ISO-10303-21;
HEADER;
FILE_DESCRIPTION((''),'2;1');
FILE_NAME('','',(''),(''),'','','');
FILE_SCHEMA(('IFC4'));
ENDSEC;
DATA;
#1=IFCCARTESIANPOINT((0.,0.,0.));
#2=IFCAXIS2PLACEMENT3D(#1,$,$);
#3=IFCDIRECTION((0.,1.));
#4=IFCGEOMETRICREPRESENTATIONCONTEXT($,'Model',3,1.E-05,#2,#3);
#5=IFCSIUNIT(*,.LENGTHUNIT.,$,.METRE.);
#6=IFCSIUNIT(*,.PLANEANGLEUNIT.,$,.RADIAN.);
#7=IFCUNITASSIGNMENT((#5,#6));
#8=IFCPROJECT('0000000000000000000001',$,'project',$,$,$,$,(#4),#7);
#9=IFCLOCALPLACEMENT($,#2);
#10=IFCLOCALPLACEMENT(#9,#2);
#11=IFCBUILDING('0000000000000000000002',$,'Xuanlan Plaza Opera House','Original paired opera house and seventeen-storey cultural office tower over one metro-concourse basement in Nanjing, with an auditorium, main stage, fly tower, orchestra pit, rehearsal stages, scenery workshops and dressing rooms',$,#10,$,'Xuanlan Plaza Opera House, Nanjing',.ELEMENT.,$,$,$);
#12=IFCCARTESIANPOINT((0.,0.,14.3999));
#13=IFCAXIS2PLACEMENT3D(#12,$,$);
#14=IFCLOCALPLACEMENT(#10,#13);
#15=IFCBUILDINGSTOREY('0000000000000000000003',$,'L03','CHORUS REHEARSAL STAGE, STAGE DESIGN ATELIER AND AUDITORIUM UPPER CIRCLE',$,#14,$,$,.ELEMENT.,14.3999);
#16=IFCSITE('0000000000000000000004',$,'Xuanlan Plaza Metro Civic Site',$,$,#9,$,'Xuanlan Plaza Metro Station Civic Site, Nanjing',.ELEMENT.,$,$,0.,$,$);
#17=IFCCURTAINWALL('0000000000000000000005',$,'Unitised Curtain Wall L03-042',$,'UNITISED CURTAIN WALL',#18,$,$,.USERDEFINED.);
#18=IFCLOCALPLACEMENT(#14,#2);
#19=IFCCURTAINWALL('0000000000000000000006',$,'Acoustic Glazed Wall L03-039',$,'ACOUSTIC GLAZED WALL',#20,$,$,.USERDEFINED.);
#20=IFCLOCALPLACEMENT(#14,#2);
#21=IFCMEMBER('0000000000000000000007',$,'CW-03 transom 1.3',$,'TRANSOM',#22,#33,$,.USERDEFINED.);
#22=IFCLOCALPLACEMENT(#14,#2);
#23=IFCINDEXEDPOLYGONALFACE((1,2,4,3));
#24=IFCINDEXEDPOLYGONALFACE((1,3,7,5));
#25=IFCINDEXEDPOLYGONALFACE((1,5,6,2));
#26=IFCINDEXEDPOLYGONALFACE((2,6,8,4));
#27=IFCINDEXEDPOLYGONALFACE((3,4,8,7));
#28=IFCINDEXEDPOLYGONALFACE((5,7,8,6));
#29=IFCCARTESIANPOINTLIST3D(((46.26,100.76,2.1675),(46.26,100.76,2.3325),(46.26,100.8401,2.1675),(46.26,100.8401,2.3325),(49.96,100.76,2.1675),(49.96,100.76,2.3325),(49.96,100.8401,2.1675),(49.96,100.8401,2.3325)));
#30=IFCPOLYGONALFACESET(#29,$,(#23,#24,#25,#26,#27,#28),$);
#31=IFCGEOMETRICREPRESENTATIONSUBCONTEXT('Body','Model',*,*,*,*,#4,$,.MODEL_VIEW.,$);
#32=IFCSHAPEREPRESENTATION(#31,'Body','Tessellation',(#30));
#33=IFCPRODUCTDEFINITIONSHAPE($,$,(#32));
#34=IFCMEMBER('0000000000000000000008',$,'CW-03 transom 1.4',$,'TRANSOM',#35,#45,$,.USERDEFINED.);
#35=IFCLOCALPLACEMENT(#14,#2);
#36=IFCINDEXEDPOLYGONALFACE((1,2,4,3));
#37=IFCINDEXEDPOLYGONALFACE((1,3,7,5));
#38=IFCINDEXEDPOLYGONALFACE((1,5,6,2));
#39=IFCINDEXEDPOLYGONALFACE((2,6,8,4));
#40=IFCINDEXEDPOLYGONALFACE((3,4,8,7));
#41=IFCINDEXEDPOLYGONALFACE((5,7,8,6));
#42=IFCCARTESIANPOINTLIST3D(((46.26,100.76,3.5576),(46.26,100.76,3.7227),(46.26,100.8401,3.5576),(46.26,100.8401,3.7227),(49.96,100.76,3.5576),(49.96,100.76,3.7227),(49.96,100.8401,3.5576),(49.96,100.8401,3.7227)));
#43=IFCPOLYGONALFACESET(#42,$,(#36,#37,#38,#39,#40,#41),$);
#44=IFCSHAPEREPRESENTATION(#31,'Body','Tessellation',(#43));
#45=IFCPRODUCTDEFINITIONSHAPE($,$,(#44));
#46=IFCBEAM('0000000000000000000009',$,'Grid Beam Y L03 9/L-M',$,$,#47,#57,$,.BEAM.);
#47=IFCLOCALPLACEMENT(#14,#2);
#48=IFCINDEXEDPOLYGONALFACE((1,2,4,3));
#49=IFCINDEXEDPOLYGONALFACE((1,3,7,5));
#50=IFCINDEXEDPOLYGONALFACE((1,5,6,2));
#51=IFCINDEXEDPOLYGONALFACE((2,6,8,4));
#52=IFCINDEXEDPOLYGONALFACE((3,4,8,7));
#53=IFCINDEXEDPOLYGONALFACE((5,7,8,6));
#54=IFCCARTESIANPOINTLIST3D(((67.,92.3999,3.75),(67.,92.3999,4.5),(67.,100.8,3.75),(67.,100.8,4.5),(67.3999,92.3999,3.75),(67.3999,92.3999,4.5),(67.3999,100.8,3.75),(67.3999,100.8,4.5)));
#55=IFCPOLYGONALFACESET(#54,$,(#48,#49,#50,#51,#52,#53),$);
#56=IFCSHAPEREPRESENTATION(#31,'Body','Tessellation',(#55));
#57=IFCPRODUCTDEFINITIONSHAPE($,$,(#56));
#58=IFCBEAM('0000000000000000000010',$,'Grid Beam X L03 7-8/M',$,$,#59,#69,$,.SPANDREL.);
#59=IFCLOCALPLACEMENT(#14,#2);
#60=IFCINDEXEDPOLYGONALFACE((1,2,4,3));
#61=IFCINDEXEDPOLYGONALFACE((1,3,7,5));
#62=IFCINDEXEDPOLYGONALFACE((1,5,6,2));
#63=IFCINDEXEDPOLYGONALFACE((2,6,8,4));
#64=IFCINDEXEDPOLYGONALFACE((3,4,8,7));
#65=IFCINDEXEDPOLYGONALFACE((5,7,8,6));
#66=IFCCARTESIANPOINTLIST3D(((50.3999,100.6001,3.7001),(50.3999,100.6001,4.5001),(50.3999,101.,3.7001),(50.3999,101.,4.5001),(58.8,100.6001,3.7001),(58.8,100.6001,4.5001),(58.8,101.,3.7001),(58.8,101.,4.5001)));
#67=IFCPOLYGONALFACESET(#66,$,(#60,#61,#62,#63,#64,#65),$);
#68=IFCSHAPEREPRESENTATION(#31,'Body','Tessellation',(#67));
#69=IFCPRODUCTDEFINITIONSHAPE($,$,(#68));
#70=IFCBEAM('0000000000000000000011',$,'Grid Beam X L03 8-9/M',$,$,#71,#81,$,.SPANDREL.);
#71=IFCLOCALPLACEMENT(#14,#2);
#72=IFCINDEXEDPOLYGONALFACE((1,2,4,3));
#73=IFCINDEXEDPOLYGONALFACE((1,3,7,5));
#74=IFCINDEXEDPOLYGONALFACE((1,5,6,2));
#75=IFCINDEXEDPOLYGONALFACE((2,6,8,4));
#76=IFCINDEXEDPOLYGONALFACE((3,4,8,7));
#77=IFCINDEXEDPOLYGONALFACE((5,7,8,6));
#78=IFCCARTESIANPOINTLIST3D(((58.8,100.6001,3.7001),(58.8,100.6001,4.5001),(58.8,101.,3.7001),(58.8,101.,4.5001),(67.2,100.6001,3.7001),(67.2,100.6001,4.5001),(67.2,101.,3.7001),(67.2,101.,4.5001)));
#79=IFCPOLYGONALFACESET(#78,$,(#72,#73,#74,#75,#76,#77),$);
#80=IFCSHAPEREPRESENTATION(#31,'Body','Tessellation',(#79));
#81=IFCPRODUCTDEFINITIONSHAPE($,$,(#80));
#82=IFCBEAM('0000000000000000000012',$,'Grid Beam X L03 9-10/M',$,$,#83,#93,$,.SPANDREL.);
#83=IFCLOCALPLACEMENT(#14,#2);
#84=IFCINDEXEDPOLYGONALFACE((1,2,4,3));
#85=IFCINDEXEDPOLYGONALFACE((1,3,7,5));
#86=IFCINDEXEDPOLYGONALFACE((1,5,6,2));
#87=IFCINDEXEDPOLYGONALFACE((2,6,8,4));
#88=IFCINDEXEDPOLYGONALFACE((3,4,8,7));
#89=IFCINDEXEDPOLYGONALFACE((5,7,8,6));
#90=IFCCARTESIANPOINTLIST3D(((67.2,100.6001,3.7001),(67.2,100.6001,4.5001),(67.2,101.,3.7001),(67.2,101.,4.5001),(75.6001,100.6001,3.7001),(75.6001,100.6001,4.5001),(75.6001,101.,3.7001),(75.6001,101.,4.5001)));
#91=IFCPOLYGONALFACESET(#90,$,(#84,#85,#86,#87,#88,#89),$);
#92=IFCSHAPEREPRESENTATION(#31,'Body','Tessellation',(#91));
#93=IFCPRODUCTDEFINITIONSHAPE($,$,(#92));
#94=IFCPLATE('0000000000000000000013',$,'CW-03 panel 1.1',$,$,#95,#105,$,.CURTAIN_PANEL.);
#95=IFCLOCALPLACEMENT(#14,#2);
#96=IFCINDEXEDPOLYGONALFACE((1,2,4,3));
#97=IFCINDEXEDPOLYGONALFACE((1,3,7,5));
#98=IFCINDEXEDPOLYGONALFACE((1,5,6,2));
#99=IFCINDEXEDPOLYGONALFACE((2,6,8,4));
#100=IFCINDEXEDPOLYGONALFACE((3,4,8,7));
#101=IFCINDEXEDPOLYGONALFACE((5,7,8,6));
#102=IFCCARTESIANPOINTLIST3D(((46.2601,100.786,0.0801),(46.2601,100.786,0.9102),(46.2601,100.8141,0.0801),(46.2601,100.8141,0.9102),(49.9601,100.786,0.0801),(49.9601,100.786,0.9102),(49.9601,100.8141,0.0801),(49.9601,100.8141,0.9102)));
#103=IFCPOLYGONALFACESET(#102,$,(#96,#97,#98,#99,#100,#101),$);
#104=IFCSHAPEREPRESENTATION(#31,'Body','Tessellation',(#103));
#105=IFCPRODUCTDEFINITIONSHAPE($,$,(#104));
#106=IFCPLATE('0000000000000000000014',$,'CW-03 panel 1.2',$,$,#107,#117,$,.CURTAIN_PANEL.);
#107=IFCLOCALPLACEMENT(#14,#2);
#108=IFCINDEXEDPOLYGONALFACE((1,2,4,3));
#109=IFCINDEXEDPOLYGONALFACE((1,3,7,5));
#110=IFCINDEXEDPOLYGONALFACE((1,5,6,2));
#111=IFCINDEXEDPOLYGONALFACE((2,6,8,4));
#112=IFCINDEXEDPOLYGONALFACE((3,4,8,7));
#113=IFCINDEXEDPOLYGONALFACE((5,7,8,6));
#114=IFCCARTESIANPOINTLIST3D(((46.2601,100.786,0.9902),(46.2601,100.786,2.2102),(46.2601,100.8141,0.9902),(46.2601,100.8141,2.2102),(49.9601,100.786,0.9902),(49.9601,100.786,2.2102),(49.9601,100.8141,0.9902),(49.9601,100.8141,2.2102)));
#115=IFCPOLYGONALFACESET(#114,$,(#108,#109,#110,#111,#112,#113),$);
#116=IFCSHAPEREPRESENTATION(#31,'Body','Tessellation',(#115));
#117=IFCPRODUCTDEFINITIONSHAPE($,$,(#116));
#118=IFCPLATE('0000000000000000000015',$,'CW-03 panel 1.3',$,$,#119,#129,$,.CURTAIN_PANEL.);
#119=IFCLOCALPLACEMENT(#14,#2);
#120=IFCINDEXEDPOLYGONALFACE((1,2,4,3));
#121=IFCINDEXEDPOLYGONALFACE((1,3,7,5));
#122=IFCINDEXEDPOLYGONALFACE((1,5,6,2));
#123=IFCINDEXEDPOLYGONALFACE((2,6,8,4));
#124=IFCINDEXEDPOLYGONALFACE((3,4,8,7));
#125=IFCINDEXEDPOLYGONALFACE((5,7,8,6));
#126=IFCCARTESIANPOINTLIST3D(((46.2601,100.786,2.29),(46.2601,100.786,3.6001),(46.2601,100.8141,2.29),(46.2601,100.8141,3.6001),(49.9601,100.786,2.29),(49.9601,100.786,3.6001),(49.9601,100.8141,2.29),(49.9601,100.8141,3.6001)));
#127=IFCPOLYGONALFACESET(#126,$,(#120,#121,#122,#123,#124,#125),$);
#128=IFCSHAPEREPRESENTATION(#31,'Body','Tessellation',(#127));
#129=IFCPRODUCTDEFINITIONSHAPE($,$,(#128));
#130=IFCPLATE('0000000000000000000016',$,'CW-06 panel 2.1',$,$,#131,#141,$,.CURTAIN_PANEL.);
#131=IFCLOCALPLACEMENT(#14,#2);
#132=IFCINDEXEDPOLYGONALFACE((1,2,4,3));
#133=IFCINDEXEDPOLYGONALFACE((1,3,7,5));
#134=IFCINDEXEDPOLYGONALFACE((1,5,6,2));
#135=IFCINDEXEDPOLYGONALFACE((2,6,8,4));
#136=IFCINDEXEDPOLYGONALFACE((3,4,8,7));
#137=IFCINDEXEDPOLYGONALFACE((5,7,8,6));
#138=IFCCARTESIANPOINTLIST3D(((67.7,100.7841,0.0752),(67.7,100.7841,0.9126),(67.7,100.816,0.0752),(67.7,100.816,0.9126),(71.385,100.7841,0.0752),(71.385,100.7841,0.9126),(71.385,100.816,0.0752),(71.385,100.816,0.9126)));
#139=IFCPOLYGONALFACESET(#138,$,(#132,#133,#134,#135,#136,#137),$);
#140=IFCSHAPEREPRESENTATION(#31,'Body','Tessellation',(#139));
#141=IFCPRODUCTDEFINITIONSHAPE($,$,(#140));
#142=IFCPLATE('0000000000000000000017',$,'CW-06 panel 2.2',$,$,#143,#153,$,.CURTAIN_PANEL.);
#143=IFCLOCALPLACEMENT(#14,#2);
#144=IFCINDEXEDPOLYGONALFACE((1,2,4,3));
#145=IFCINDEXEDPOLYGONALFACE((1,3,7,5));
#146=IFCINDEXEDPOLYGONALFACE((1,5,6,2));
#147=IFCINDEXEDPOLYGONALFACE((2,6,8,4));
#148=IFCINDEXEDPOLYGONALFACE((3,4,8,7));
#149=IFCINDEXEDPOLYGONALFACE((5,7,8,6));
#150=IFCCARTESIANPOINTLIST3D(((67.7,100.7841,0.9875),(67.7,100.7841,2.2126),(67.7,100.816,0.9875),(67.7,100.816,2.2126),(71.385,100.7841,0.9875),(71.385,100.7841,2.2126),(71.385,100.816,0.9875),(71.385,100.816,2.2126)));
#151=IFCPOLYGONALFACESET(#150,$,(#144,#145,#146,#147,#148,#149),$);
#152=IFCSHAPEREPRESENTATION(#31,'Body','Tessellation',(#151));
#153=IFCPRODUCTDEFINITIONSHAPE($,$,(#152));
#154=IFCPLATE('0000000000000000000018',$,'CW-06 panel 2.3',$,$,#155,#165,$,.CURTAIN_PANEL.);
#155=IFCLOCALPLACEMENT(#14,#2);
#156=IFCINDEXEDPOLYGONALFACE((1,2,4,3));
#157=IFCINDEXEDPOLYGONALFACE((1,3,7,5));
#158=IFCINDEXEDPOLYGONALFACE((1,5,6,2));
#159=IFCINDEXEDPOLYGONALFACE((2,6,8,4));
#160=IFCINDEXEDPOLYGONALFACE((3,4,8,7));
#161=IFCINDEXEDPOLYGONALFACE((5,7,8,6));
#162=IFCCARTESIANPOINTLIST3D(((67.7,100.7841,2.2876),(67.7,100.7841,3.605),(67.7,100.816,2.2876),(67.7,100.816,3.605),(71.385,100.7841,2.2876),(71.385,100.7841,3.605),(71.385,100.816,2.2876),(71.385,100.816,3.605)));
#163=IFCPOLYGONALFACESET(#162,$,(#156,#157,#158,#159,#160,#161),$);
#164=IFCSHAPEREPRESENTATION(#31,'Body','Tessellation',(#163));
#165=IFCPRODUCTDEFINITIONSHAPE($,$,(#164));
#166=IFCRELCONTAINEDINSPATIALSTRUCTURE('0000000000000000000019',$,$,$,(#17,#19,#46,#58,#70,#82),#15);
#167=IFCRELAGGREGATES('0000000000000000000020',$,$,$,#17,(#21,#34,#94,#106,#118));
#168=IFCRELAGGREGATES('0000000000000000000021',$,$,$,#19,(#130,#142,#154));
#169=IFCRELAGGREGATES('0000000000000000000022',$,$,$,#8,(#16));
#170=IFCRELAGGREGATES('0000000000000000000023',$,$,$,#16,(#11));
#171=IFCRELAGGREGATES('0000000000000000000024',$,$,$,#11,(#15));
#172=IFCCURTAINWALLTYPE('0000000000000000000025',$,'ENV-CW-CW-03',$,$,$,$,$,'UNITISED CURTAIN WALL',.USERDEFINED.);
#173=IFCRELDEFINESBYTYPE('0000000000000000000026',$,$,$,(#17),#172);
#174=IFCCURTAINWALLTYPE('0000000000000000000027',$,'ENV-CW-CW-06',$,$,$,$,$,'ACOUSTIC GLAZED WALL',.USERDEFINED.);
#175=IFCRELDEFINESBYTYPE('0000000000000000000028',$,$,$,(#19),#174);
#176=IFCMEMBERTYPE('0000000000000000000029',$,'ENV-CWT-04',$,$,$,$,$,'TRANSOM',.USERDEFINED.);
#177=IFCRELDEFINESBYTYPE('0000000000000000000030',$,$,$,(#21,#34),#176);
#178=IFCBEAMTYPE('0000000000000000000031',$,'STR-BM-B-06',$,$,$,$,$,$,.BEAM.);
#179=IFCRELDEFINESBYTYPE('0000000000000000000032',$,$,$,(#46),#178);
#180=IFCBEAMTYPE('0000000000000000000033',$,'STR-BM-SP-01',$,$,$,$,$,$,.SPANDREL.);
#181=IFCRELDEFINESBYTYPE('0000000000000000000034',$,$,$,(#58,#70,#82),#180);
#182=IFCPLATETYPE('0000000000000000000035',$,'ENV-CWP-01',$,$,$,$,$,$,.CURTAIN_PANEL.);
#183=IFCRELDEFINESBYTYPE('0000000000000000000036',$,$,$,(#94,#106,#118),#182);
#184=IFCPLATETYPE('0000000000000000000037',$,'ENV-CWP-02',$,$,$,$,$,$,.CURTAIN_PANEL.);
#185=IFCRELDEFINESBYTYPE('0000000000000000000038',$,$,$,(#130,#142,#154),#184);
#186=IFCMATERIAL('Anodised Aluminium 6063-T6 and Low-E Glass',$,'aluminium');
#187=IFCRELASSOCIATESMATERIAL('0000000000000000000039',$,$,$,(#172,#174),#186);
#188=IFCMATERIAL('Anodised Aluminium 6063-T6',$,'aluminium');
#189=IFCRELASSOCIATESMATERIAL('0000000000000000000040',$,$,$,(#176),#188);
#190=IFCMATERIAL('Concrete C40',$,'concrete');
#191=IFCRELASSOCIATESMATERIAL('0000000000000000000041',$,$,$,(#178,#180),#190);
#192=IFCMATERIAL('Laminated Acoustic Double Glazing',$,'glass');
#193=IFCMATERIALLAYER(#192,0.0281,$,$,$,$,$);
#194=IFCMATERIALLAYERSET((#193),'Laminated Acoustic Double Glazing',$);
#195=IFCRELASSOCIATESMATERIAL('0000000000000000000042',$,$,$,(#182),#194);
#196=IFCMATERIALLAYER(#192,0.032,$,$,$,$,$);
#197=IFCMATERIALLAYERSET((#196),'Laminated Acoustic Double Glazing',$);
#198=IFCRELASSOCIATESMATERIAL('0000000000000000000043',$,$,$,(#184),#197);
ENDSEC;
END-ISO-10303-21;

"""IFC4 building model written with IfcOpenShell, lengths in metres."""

from ifc_helpers import new_model, si_unit, direction, frame, origin, origin_2d, place, context, subcontext, project, spatial, rectangle, extrude, material, layer, layer_set, material_profile, profile_set, type_object, element, aggregate, save


model = new_model("IFC4")

# Units and contexts
model_context = context("Model", 3, precision=1e-05, world=origin(), true_north=direction((0.0, 1.0)))
body_context = subcontext(model_context, "Body", "Model", "MODEL_VIEW")
ifc_project = project(units=[si_unit("LENGTHUNIT", "METRE"), si_unit("PLANEANGLEUNIT", "RADIAN")], contexts=[model_context])

# Site, building, storey
site_placement = place(None, origin())
site = spatial("IfcSite", under=ifc_project, at=site_placement, Name="Xuanlan Plaza Metro Civic Site", LongName="Xuanlan Plaza Metro Station Civic Site, Nanjing", CompositionType="ELEMENT", RefElevation=0.0)
building_placement = place(site_placement, origin())
building = spatial("IfcBuilding", under=site, at=building_placement, Name="Xuanlan Plaza Opera House", Description="Original paired opera house and seventeen-storey cultural office tower over one metro-concourse basement in Nanjing, with an auditorium, main stage, fly tower, orchestra pit, rehearsal stages, scenery workshops and dressing rooms", LongName="Xuanlan Plaza Opera House, Nanjing", CompositionType="ELEMENT")
storey_placement = place(building_placement, frame((0.0, 0.0, 14.3999)))
storey = spatial("IfcBuildingStorey", under=building, at=storey_placement, Name="L03", Description="CHORUS REHEARSAL STAGE, STAGE DESIGN ATELIER AND AUDITORIUM UPPER CIRCLE", CompositionType="ELEMENT", Elevation=14.3999)

# Shared definitions
ifc_material_1 = material(Name="Concrete C40", Category="concrete")

# Curtain walls
ifc_material_2 = material(Name="Anodised Aluminium 6063-T6 and Low-E Glass", Category="aluminium")
curtain_wall_type_1 = type_object("IfcCurtainWallType", Name="ENV-CW-CW-03", ElementType="UNITISED CURTAIN WALL", PredefinedType="USERDEFINED", material=ifc_material_2)
curtain_wall_1_placement = place(storey_placement, origin())
curtain_wall_1 = element("IfcCurtainWall", 1, at=curtain_wall_1_placement, inside=storey, type_object=curtain_wall_type_1, Name="Unitised Curtain Wall L03-042", ObjectType="UNITISED CURTAIN WALL", PredefinedType="USERDEFINED")
ifc_material_3 = material(Name="Anodised Aluminium 6063-T6", Category="aluminium")
curtain_wall_type_2 = type_object("IfcCurtainWallType", Name="ENV-CW-CW-06", ElementType="ACOUSTIC GLAZED WALL", PredefinedType="USERDEFINED", material=ifc_material_2)
curtain_wall_2_placement = place(storey_placement, origin())
curtain_wall_2 = element("IfcCurtainWall", 2, at=curtain_wall_2_placement, inside=storey, type_object=curtain_wall_type_2, Name="Acoustic Glazed Wall L03-039", ObjectType="ACOUSTIC GLAZED WALL", PredefinedType="USERDEFINED")

# Members
ifc_material_profile_1 = material_profile(ifc_material_3, rectangle(XDim=0.0801, YDim=0.165, at=origin_2d()), Name="ALU-T 80x165")
ifc_profile_set_1 = profile_set([ifc_material_profile_1], Name="Anodised Aluminium 6063-T6")
member_type_1 = type_object("IfcMemberType", Name="ENV-CWT-04", ElementType="TRANSOM", PredefinedType="USERDEFINED", material=ifc_profile_set_1)
member_1_placement = place(storey_placement, frame((49.96, 100.8, 2.25), z_axis=(-1.0, 0.0, 0.0), x_axis=(0.0, -1.0, 0.0)))
member_1 = element("IfcMember", 3, at=member_1_placement, type_object=member_type_1, Name="CW-03 transom 1.3", ObjectType="TRANSOM", PredefinedType="USERDEFINED", context=body_context, shape_type="SweptSolid", body=[
    extrude(rectangle(XDim=0.0801, YDim=0.165, at=origin_2d()), origin(), (0.0, 0.0, 1.0), 3.7),
])
member_2_placement = place(storey_placement, frame((49.96, 100.8, 3.6401), z_axis=(-1.0, 0.0, 0.0), x_axis=(0.0, -1.0, 0.0)))
member_2 = element("IfcMember", 4, at=member_2_placement, type_object=member_type_1, Name="CW-03 transom 1.4", ObjectType="TRANSOM", PredefinedType="USERDEFINED", context=body_context, shape_type="SweptSolid", body=[
    extrude(rectangle(XDim=0.0801, YDim=0.165, at=origin_2d()), origin(), (0.0, 0.0, 1.0), 3.7),
])

# Beams
ifc_material_profile_2 = material_profile(ifc_material_1, rectangle(XDim=0.3999, YDim=0.75, at=origin_2d()), Name="RC-BM 400x750")
ifc_profile_set_2 = profile_set([ifc_material_profile_2], Name="Concrete C40")
beam_type_1 = type_object("IfcBeamType", Name="STR-BM-B-06", PredefinedType="BEAM", material=ifc_profile_set_2)
beam_1_placement = place(storey_placement, frame((67.2, 92.3999, 4.125), z_axis=(0.0, 1.0, 0.0), x_axis=(-1.0, 0.0, 0.0)))
element("IfcBeam", 5, at=beam_1_placement, inside=storey, type_object=beam_type_1, Name="Grid Beam Y L03 9/L-M", PredefinedType="BEAM", context=body_context, shape_type="SweptSolid", body=[
    extrude(rectangle(XDim=0.3999, YDim=0.75, at=origin_2d()), origin(), (0.0, 0.0, 1.0), 8.4001),
])
ifc_material_profile_3 = material_profile(ifc_material_1, rectangle(XDim=0.3999, YDim=0.8, at=origin_2d()), Name="RC-SPD 400x800")
ifc_profile_set_3 = profile_set([ifc_material_profile_3], Name="Concrete C40")
beam_type_2 = type_object("IfcBeamType", Name="STR-BM-SP-01", PredefinedType="SPANDREL", material=ifc_profile_set_3)
beam_2_placement = place(storey_placement, frame((50.3999, 100.8, 4.1001), z_axis=(1.0, 0.0, 0.0), x_axis=(0.0, 1.0, 0.0)))
element("IfcBeam", 6, at=beam_2_placement, inside=storey, type_object=beam_type_2, Name="Grid Beam X L03 7-8/M", PredefinedType="SPANDREL", context=body_context, shape_type="SweptSolid", body=[
    extrude(rectangle(XDim=0.3999, YDim=0.8, at=origin_2d()), origin(), (0.0, 0.0, 1.0), 8.4001),
])
beam_3_placement = place(storey_placement, frame((58.8, 100.8, 4.1001), z_axis=(1.0, 0.0, 0.0), x_axis=(0.0, 1.0, 0.0)))
element("IfcBeam", 7, at=beam_3_placement, inside=storey, type_object=beam_type_2, Name="Grid Beam X L03 8-9/M", PredefinedType="SPANDREL", context=body_context, shape_type="SweptSolid", body=[
    extrude(rectangle(XDim=0.3999, YDim=0.8, at=origin_2d()), origin(), (0.0, 0.0, 1.0), 8.3999),
])
beam_4_placement = place(storey_placement, frame((67.2, 100.8, 4.1001), z_axis=(1.0, 0.0, 0.0), x_axis=(0.0, 1.0, 0.0)))
element("IfcBeam", 8, at=beam_4_placement, inside=storey, type_object=beam_type_2, Name="Grid Beam X L03 9-10/M", PredefinedType="SPANDREL", context=body_context, shape_type="SweptSolid", body=[
    extrude(rectangle(XDim=0.3999, YDim=0.8, at=origin_2d()), origin(), (0.0, 0.0, 1.0), 8.4001),
])

# Plates
ifc_material_4 = material(Name="Laminated Acoustic Double Glazing", Category="glass")
ifc_layer_1 = layer(ifc_material_4, 0.0281)
ifc_layer_set_1 = layer_set([ifc_layer_1], Name="Laminated Acoustic Double Glazing")
plate_type_1 = type_object("IfcPlateType", Name="ENV-CWP-01", PredefinedType="CURTAIN_PANEL", material=ifc_layer_set_1)
plate_1_placement = place(storey_placement, frame((48.1101, 100.8, 0.0801), z_axis=(0.0, 0.0, 1.0), x_axis=(-1.0, 0.0, 0.0)))
plate_1 = element("IfcPlate", 9, at=plate_1_placement, type_object=plate_type_1, Name="CW-03 panel 1.1", PredefinedType="CURTAIN_PANEL", context=body_context, shape_type="SweptSolid", body=[
    extrude(rectangle(XDim=3.7, YDim=0.0281, at=origin_2d()), origin(), (0.0, 0.0, 1.0), 0.8301),
])
plate_2_placement = place(storey_placement, frame((48.1101, 100.8, 0.9902), z_axis=(0.0, 0.0, 1.0), x_axis=(-1.0, 0.0, 0.0)))
plate_2 = element("IfcPlate", 10, at=plate_2_placement, type_object=plate_type_1, Name="CW-03 panel 1.2", PredefinedType="CURTAIN_PANEL", context=body_context, shape_type="SweptSolid", body=[
    extrude(rectangle(XDim=3.7, YDim=0.0281, at=origin_2d()), origin(), (0.0, 0.0, 1.0), 1.22),
])
plate_3_placement = place(storey_placement, frame((48.1101, 100.8, 2.29), z_axis=(0.0, 0.0, 1.0), x_axis=(-1.0, 0.0, 0.0)))
plate_3 = element("IfcPlate", 11, at=plate_3_placement, type_object=plate_type_1, Name="CW-03 panel 1.3", PredefinedType="CURTAIN_PANEL", context=body_context, shape_type="SweptSolid", body=[
    extrude(rectangle(XDim=3.7, YDim=0.0281, at=origin_2d()), origin(), (0.0, 0.0, 1.0), 1.3101),
])
aggregate(curtain_wall_1, [member_1, member_2, plate_1, plate_2, plate_3])
ifc_layer_2 = layer(ifc_material_4, 0.032)
ifc_layer_set_2 = layer_set([ifc_layer_2], Name="Laminated Acoustic Double Glazing")
plate_type_2 = type_object("IfcPlateType", Name="ENV-CWP-02", PredefinedType="CURTAIN_PANEL", material=ifc_layer_set_2)
plate_4_placement = place(storey_placement, frame((69.5425, 100.8, 0.0752), z_axis=(0.0, 0.0, 1.0), x_axis=(-1.0, 0.0, 0.0)))
plate_4 = element("IfcPlate", 12, at=plate_4_placement, type_object=plate_type_2, Name="CW-06 panel 2.1", PredefinedType="CURTAIN_PANEL", context=body_context, shape_type="SweptSolid", body=[
    extrude(rectangle(XDim=3.6851, YDim=0.032, at=origin_2d()), origin(), (0.0, 0.0, 1.0), 0.8374),
])
plate_5_placement = place(storey_placement, frame((69.5425, 100.8, 0.9875), z_axis=(0.0, 0.0, 1.0), x_axis=(-1.0, 0.0, 0.0)))
plate_5 = element("IfcPlate", 13, at=plate_5_placement, type_object=plate_type_2, Name="CW-06 panel 2.2", PredefinedType="CURTAIN_PANEL", context=body_context, shape_type="SweptSolid", body=[
    extrude(rectangle(XDim=3.6851, YDim=0.032, at=origin_2d()), origin(), (0.0, 0.0, 1.0), 1.2251),
])
plate_6_placement = place(storey_placement, frame((69.5425, 100.8, 2.2876), z_axis=(0.0, 0.0, 1.0), x_axis=(-1.0, 0.0, 0.0)))
plate_6 = element("IfcPlate", 14, at=plate_6_placement, type_object=plate_type_2, Name="CW-06 panel 2.3", PredefinedType="CURTAIN_PANEL", context=body_context, shape_type="SweptSolid", body=[
    extrude(rectangle(XDim=3.6851, YDim=0.032, at=origin_2d()), origin(), (0.0, 0.0, 1.0), 1.3174),
])
aggregate(curtain_wall_2, [plate_4, plate_5, plate_6])

save(model, "model.ifc")
